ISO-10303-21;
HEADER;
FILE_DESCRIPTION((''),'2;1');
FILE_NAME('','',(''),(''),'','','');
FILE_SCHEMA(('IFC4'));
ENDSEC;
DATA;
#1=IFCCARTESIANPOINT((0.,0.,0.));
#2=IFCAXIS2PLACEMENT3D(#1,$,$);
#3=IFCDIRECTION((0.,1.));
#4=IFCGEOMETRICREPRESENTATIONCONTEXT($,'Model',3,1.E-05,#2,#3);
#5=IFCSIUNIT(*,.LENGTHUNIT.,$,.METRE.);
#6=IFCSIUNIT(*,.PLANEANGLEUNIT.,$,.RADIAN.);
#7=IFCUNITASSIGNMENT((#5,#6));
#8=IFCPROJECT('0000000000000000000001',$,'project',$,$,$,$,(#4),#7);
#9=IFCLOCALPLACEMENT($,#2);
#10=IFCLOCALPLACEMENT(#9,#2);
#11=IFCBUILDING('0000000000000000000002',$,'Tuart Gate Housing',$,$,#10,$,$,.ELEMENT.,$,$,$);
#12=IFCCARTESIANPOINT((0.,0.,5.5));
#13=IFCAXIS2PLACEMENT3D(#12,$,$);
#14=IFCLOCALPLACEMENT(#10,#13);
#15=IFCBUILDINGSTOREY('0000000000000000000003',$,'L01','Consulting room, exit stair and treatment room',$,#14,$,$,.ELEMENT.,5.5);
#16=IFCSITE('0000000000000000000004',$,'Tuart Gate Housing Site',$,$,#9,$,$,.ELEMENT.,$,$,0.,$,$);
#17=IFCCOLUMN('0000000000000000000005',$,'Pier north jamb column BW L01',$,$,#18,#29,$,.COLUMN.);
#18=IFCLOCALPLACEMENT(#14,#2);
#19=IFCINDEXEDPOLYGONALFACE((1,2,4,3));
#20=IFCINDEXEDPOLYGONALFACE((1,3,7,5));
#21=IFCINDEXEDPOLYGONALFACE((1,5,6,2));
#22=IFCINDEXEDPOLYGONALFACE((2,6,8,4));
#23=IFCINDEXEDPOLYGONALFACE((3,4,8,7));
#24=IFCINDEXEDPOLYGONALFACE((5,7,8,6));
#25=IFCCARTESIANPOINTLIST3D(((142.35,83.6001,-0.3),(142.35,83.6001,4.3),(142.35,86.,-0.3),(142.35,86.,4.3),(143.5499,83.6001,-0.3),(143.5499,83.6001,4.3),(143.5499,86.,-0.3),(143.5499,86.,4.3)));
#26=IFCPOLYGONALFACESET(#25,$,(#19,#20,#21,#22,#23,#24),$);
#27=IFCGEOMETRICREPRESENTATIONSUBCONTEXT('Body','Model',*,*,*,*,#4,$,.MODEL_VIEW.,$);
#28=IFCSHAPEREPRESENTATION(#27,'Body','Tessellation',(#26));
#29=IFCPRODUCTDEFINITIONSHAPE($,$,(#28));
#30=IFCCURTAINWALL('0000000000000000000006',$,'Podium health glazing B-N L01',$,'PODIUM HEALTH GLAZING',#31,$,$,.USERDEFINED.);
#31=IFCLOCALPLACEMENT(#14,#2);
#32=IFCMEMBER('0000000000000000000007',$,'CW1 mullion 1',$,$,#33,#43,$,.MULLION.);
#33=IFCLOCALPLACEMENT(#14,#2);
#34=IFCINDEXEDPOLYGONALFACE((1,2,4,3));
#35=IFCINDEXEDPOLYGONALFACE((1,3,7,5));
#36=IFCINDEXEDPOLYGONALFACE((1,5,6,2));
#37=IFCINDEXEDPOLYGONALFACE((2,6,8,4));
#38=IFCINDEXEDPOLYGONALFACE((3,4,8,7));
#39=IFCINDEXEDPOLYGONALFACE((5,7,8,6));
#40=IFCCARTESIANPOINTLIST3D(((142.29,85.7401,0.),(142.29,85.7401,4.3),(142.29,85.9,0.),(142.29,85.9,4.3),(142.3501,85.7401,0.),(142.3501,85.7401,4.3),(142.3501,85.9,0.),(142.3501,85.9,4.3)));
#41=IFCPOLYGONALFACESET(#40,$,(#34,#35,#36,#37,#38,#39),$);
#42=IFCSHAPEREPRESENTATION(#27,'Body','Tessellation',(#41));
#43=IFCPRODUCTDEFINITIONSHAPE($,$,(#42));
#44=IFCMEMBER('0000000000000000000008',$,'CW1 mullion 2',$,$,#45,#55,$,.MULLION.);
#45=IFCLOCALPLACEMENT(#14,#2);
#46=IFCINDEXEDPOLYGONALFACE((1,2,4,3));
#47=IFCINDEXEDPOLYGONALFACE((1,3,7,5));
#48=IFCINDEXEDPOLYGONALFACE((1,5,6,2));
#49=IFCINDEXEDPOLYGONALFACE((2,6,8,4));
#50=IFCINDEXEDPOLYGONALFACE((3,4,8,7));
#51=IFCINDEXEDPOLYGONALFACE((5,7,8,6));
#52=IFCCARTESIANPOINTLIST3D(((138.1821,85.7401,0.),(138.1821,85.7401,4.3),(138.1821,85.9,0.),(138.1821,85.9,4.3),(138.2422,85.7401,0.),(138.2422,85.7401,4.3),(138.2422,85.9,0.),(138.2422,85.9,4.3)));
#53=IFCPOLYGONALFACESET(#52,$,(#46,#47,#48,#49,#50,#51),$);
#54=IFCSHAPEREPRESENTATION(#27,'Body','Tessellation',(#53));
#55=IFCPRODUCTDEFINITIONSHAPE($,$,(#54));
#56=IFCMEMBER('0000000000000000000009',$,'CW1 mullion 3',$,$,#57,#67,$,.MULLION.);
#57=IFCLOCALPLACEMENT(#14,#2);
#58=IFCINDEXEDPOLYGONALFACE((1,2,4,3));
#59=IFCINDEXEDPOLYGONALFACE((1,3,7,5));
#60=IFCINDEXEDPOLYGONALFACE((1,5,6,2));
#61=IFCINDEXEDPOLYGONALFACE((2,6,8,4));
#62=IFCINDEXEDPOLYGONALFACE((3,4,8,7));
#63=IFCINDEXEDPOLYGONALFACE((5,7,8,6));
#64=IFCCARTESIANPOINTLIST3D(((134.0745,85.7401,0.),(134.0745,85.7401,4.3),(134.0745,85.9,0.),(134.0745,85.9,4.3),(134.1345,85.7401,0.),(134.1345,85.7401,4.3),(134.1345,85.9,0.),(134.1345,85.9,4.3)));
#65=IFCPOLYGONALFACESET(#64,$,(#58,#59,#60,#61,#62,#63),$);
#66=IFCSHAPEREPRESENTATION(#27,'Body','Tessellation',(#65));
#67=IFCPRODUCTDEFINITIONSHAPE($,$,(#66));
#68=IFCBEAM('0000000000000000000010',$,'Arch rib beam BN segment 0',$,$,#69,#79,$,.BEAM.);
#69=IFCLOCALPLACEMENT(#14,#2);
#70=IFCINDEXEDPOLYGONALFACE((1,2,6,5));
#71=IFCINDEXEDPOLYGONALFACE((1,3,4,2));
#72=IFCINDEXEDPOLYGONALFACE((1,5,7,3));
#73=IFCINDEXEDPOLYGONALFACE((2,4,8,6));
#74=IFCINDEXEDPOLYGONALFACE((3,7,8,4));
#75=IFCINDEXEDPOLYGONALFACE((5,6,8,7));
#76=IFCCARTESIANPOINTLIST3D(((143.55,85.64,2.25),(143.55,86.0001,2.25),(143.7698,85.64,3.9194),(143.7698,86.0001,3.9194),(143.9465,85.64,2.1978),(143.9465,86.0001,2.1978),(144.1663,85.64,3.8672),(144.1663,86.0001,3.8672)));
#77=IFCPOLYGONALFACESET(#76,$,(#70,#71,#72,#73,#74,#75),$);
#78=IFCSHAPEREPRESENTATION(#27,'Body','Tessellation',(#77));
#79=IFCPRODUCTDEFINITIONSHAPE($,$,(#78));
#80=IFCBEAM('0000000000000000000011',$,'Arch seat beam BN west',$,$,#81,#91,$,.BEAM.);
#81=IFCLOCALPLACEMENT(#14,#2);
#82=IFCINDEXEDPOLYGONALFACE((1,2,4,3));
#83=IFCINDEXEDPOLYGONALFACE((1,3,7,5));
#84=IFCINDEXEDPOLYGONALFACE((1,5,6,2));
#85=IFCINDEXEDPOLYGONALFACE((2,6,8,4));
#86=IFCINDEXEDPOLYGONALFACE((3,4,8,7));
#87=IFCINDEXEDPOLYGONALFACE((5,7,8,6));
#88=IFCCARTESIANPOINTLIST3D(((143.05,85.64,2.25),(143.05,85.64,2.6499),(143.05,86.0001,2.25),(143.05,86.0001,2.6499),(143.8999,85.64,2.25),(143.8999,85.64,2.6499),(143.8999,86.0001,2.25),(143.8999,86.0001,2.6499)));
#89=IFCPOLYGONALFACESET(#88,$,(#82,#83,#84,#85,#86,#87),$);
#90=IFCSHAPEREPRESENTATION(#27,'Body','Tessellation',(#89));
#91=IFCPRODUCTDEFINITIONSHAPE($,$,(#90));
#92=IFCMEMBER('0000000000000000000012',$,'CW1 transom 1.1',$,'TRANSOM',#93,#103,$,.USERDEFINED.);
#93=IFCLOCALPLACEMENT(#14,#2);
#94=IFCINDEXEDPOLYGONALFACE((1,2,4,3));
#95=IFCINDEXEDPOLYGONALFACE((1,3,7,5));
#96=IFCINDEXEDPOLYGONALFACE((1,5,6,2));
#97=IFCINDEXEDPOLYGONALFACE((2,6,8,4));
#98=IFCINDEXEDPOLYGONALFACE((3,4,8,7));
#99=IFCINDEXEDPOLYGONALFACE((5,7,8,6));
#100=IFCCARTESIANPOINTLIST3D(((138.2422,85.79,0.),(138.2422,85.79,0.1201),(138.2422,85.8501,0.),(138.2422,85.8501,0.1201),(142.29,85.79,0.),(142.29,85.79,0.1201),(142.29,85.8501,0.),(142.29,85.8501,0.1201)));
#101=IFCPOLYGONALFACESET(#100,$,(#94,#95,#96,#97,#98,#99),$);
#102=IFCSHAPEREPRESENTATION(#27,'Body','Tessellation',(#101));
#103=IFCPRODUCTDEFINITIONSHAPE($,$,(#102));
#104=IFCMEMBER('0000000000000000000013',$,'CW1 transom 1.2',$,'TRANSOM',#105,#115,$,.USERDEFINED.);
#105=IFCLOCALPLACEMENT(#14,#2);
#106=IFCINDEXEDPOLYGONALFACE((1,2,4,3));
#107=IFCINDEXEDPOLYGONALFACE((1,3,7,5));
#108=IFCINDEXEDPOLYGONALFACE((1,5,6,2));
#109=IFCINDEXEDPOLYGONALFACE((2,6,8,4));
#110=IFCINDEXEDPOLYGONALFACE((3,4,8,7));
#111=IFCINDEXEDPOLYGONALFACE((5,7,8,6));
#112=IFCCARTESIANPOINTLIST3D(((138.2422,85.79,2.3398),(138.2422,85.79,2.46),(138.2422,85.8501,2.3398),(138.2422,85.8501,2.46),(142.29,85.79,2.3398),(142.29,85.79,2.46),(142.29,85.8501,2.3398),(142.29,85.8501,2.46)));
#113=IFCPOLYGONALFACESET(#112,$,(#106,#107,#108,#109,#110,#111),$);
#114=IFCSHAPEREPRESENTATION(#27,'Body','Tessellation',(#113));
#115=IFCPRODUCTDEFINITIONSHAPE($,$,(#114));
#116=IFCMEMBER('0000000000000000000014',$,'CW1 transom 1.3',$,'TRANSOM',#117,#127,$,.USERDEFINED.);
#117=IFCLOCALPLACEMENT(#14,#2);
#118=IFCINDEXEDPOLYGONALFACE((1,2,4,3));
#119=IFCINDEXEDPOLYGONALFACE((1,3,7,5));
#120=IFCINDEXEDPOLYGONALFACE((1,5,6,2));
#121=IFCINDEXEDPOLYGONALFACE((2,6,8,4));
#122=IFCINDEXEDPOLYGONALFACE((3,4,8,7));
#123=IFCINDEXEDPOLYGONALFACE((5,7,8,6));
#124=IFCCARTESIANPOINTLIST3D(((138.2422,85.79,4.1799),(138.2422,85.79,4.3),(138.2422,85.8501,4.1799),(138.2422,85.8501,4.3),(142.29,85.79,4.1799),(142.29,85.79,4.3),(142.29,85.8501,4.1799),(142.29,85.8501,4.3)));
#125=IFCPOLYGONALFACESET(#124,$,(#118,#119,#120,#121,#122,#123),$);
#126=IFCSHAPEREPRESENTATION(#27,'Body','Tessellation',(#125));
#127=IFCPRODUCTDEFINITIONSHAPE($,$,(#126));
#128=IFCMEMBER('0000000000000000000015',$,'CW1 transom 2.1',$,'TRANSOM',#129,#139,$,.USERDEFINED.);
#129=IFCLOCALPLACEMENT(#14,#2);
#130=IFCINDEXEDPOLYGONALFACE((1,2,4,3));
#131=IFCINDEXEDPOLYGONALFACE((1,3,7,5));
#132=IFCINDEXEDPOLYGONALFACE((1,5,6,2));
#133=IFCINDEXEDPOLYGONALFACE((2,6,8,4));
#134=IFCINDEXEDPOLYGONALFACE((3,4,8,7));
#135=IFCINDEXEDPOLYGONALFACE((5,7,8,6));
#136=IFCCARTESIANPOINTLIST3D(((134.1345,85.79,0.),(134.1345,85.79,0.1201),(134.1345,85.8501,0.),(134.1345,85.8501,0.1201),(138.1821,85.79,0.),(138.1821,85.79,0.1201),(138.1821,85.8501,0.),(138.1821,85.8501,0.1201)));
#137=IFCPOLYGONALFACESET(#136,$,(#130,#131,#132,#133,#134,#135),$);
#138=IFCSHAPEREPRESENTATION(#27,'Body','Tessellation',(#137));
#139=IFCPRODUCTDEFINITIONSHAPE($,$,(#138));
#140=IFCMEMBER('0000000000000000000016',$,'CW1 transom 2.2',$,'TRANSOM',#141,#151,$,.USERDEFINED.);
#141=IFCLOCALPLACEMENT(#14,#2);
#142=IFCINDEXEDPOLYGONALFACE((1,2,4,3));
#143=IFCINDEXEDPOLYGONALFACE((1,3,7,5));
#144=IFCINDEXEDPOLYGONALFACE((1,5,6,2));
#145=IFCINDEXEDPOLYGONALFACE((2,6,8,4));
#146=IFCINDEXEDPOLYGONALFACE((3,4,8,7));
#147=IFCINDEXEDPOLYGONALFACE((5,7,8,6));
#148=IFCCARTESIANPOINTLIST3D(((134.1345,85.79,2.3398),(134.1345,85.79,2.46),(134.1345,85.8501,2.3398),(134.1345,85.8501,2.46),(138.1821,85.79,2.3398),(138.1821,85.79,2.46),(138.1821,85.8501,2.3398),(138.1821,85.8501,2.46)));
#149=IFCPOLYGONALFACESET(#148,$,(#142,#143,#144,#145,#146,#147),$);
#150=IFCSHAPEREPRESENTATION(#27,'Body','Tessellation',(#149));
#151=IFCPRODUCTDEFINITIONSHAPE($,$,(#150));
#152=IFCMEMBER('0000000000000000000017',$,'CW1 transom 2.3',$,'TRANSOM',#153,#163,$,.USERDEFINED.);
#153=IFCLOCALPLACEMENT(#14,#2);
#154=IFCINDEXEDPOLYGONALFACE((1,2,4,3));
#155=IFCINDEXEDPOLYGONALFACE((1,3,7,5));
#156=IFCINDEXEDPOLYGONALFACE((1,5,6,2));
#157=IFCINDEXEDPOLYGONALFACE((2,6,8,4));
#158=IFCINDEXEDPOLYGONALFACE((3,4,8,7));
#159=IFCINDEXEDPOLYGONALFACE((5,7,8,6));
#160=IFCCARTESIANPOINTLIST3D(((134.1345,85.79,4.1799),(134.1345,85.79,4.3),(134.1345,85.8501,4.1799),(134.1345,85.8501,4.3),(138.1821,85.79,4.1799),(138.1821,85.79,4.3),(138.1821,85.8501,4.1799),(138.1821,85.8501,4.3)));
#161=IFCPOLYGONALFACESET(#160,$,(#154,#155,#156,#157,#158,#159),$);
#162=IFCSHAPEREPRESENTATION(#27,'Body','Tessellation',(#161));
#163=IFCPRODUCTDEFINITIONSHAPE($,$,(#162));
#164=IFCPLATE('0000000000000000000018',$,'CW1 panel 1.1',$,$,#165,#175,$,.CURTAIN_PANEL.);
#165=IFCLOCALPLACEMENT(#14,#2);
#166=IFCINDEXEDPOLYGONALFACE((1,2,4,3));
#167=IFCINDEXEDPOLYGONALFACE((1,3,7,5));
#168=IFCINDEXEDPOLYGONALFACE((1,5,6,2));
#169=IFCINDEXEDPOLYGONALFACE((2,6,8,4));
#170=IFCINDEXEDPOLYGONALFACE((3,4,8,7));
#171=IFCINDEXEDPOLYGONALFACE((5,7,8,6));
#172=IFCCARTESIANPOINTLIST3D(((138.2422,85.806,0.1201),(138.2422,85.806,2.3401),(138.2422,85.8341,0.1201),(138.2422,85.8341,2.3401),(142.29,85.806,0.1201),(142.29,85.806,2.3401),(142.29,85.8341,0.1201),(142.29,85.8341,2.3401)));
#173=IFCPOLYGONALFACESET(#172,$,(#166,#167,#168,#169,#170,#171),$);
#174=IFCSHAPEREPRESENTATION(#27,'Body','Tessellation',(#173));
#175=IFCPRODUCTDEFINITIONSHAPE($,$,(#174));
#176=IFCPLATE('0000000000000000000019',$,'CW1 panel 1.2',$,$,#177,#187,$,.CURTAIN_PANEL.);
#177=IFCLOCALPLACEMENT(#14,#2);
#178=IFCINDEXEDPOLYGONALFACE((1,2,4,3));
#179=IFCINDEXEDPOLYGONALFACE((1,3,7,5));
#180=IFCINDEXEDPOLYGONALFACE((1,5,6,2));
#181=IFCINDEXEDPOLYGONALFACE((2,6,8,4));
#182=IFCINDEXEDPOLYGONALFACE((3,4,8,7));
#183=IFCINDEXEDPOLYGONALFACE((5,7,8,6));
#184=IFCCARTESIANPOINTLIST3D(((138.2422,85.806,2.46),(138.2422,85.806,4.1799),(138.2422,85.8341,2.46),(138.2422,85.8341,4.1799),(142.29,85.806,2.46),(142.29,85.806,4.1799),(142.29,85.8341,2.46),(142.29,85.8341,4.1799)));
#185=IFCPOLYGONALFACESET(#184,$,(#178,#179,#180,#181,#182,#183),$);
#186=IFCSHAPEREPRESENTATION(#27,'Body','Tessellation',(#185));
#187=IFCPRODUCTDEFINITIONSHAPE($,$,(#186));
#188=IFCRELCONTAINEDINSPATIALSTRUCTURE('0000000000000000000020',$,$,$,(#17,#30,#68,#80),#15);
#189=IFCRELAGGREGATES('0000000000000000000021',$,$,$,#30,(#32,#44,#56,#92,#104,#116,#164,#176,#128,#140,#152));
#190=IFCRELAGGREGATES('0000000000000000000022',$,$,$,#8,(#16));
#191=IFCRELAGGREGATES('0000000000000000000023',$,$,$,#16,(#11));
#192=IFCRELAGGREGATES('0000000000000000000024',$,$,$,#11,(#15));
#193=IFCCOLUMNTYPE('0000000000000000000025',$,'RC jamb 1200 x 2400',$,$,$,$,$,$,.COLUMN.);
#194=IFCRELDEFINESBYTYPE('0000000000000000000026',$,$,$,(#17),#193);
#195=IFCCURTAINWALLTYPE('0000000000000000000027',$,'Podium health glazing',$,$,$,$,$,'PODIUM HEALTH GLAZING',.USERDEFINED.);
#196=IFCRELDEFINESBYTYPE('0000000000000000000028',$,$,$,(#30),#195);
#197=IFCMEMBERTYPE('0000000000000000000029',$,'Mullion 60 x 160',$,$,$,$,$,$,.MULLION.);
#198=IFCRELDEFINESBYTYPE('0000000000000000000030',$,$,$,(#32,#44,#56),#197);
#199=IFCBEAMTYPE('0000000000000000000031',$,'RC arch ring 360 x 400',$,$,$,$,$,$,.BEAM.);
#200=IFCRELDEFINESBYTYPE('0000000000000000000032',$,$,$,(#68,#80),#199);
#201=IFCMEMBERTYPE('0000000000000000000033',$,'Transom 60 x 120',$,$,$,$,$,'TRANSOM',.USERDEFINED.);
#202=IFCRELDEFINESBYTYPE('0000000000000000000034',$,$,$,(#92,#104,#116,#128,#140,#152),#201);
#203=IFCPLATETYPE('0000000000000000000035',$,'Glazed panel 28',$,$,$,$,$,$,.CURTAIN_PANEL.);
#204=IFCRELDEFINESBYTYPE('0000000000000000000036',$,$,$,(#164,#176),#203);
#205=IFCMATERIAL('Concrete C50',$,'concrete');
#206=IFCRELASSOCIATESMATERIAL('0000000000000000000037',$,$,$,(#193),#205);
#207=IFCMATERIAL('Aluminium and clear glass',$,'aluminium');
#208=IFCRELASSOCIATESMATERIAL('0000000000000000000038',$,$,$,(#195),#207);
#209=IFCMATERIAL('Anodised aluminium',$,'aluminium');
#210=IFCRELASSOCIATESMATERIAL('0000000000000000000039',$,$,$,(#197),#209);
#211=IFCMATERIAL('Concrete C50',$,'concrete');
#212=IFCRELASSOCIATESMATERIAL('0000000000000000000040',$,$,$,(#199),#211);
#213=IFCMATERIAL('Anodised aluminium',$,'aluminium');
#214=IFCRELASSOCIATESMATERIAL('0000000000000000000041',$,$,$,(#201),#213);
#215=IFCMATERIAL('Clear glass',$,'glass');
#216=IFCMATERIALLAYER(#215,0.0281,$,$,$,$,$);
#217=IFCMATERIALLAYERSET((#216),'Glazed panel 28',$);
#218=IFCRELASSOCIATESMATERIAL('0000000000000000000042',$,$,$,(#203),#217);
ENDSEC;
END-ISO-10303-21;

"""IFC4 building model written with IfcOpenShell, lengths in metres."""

from ifc_helpers import new_model, si_unit, direction, frame, origin, origin_2d, place, context, subcontext, project, spatial, rectangle, extrude, material, layer, layer_set, material_profile, profile_set, type_object, element, aggregate, save


model = new_model("IFC4")

# Units and contexts
model_context = context("Model", 3, precision=1e-05, world=origin(), true_north=direction((0.0, 1.0)))
body_context = subcontext(model_context, "Body", "Model", "MODEL_VIEW")
ifc_project = project(units=[si_unit("LENGTHUNIT", "METRE"), si_unit("PLANEANGLEUNIT", "RADIAN")], contexts=[model_context])

# Site, building, storey
site_placement = place(None, origin())
site = spatial("IfcSite", under=ifc_project, at=site_placement, Name="Tuart Gate Housing Site", CompositionType="ELEMENT", RefElevation=0.0)
building_placement = place(site_placement, origin())
building = spatial("IfcBuilding", under=site, at=building_placement, Name="Tuart Gate Housing", CompositionType="ELEMENT")
storey_placement = place(building_placement, frame((0.0, 0.0, 5.5)))
storey = spatial("IfcBuildingStorey", under=building, at=storey_placement, Name="L01", Description="Consulting room, exit stair and treatment room", CompositionType="ELEMENT", Elevation=5.5)

# Column
ifc_material_1 = material(Name="Concrete C50", Category="concrete")
ifc_material_profile_1 = material_profile(ifc_material_1, rectangle(XDim=1.2, YDim=2.3999, at=origin_2d()), Name="RC jamb 1200 x 2400")
ifc_profile_set_1 = profile_set([ifc_material_profile_1], Name="Concrete C50")
column_type = type_object("IfcColumnType", Name="RC jamb 1200 x 2400", PredefinedType="COLUMN", material=ifc_profile_set_1)
column_placement = place(storey_placement, frame((142.95, 84.8, -0.3), z_axis=(0.0, 0.0, 1.0), x_axis=(1.0, 0.0, 0.0)))
element("IfcColumn", 1, at=column_placement, inside=storey, type_object=column_type, Name="Pier north jamb column BW L01", PredefinedType="COLUMN", context=body_context, shape_type="SweptSolid", body=[
    extrude(rectangle(XDim=1.2, YDim=2.3999, at=origin_2d()), origin(), (0.0, 0.0, 1.0), 4.6001),
])

# Curtain wall, members
ifc_material_2 = material(Name="Aluminium and clear glass", Category="aluminium")
curtain_wall_type = type_object("IfcCurtainWallType", Name="Podium health glazing", ElementType="PODIUM HEALTH GLAZING", PredefinedType="USERDEFINED", material=ifc_material_2)
curtain_wall_placement = place(storey_placement, origin())
curtain_wall = element("IfcCurtainWall", 2, at=curtain_wall_placement, inside=storey, type_object=curtain_wall_type, Name="Podium health glazing B-N L01", ObjectType="PODIUM HEALTH GLAZING", PredefinedType="USERDEFINED")
ifc_material_3 = material(Name="Anodised aluminium", Category="aluminium")
ifc_material_profile_2 = material_profile(ifc_material_3, rectangle(XDim=0.0601, YDim=0.1599, at=origin_2d()), Name="60x160")
ifc_profile_set_2 = profile_set([ifc_material_profile_2], Name="Anodised aluminium")
member_type_1 = type_object("IfcMemberType", Name="Mullion 60 x 160", PredefinedType="MULLION", material=ifc_profile_set_2)
member_1_placement = place(storey_placement, frame((142.3201, 85.8201, 0.0), z_axis=(0.0, 0.0, 1.0), x_axis=(-1.0, 0.0, 0.0)))
member_1 = element("IfcMember", 3, at=member_1_placement, type_object=member_type_1, Name="CW1 mullion 1", PredefinedType="MULLION", context=body_context, shape_type="SweptSolid", body=[
    extrude(rectangle(XDim=0.0601, YDim=0.1599, at=origin_2d()), origin(), (0.0, 0.0, 1.0), 4.3),
])
member_2_placement = place(storey_placement, frame((138.2122, 85.8201, 0.0), z_axis=(0.0, 0.0, 1.0), x_axis=(-1.0, 0.0, 0.0)))
member_2 = element("IfcMember", 4, at=member_2_placement, type_object=member_type_1, Name="CW1 mullion 2", PredefinedType="MULLION", context=body_context, shape_type="SweptSolid", body=[
    extrude(rectangle(XDim=0.0601, YDim=0.1599, at=origin_2d()), origin(), (0.0, 0.0, 1.0), 4.3),
])
member_3_placement = place(storey_placement, frame((134.1045, 85.8201, 0.0), z_axis=(0.0, 0.0, 1.0), x_axis=(-1.0, 0.0, 0.0)))
member_3 = element("IfcMember", 5, at=member_3_placement, type_object=member_type_1, Name="CW1 mullion 3", PredefinedType="MULLION", context=body_context, shape_type="SweptSolid", body=[
    extrude(rectangle(XDim=0.0601, YDim=0.1599, at=origin_2d()), origin(), (0.0, 0.0, 1.0), 4.3),
])

# Beams
ifc_material_4 = material(Name="Concrete C50", Category="concrete")
ifc_material_profile_3 = material_profile(ifc_material_4, rectangle(XDim=0.3601, YDim=0.3999, at=origin_2d()), Name="RC arch ring 360 x 400")
ifc_profile_set_3 = profile_set([ifc_material_profile_3], Name="Concrete C50")
beam_type = type_object("IfcBeamType", Name="RC arch ring 360 x 400", PredefinedType="BEAM", material=ifc_profile_set_3)
beam_1_placement = place(storey_placement, frame((143.7483, 85.8201, 2.2239), z_axis=(0.130492, 0.0, 0.991449), x_axis=(0.0, 1.0, 0.0)))
element("IfcBeam", 6, at=beam_1_placement, inside=storey, type_object=beam_type, Name="Arch rib beam BN segment 0", PredefinedType="BEAM", context=body_context, shape_type="SweptSolid", body=[
    extrude(rectangle(XDim=0.3601, YDim=0.3999, at=origin_2d()), origin(), (0.0, 0.0, 1.0), 1.6838),
])
beam_2_placement = place(storey_placement, frame((143.05, 85.8201, 2.45), z_axis=(1.0, 0.0, 0.0), x_axis=(0.0, 1.0, 0.0)))
element("IfcBeam", 7, at=beam_2_placement, inside=storey, type_object=beam_type, Name="Arch seat beam BN west", PredefinedType="BEAM", context=body_context, shape_type="SweptSolid", body=[
    extrude(rectangle(XDim=0.3601, YDim=0.3999, at=origin_2d()), origin(), (0.0, 0.0, 1.0), 0.8499),
])

# Members
ifc_material_5 = material(Name="Anodised aluminium", Category="aluminium")
ifc_material_profile_4 = material_profile(ifc_material_5, rectangle(XDim=0.0601, YDim=0.1201, at=origin_2d()), Name="60x120")
ifc_profile_set_4 = profile_set([ifc_material_profile_4], Name="Anodised aluminium")
member_type_2 = type_object("IfcMemberType", Name="Transom 60 x 120", ElementType="TRANSOM", PredefinedType="USERDEFINED", material=ifc_profile_set_4)
member_4_placement = place(storey_placement, frame((142.29, 85.8201, 0.0601), z_axis=(-1.0, 0.0, 0.0), x_axis=(0.0, -1.0, 0.0)))
member_4 = element("IfcMember", 8, at=member_4_placement, type_object=member_type_2, Name="CW1 transom 1.1", ObjectType="TRANSOM", PredefinedType="USERDEFINED", context=body_context, shape_type="SweptSolid", body=[
    extrude(rectangle(XDim=0.0601, YDim=0.1201, at=origin_2d()), origin(), (0.0, 0.0, 1.0), 4.0479),
])
member_5_placement = place(storey_placement, frame((142.29, 85.8201, 2.3999), z_axis=(-1.0, 0.0, 0.0), x_axis=(0.0, -1.0, 0.0)))
member_5 = element("IfcMember", 9, at=member_5_placement, type_object=member_type_2, Name="CW1 transom 1.2", ObjectType="TRANSOM", PredefinedType="USERDEFINED", context=body_context, shape_type="SweptSolid", body=[
    extrude(rectangle(XDim=0.0601, YDim=0.1201, at=origin_2d()), origin(), (0.0, 0.0, 1.0), 4.0479),
])
member_6_placement = place(storey_placement, frame((142.29, 85.8201, 4.24), z_axis=(-1.0, 0.0, 0.0), x_axis=(0.0, -1.0, 0.0)))
member_6 = element("IfcMember", 10, at=member_6_placement, type_object=member_type_2, Name="CW1 transom 1.3", ObjectType="TRANSOM", PredefinedType="USERDEFINED", context=body_context, shape_type="SweptSolid", body=[
    extrude(rectangle(XDim=0.0601, YDim=0.1201, at=origin_2d()), origin(), (0.0, 0.0, 1.0), 4.0479),
])
member_7_placement = place(storey_placement, frame((138.1821, 85.8201, 0.0601), z_axis=(-1.0, 0.0, 0.0), x_axis=(0.0, -1.0, 0.0)))
member_7 = element("IfcMember", 11, at=member_7_placement, type_object=member_type_2, Name="CW1 transom 2.1", ObjectType="TRANSOM", PredefinedType="USERDEFINED", context=body_context, shape_type="SweptSolid", body=[
    extrude(rectangle(XDim=0.0601, YDim=0.1201, at=origin_2d()), origin(), (0.0, 0.0, 1.0), 4.0476),
])
member_8_placement = place(storey_placement, frame((138.1821, 85.8201, 2.3999), z_axis=(-1.0, 0.0, 0.0), x_axis=(0.0, -1.0, 0.0)))
member_8 = element("IfcMember", 12, at=member_8_placement, type_object=member_type_2, Name="CW1 transom 2.2", ObjectType="TRANSOM", PredefinedType="USERDEFINED", context=body_context, shape_type="SweptSolid", body=[
    extrude(rectangle(XDim=0.0601, YDim=0.1201, at=origin_2d()), origin(), (0.0, 0.0, 1.0), 4.0476),
])
member_9_placement = place(storey_placement, frame((138.1821, 85.8201, 4.24), z_axis=(-1.0, 0.0, 0.0), x_axis=(0.0, -1.0, 0.0)))
member_9 = element("IfcMember", 13, at=member_9_placement, type_object=member_type_2, Name="CW1 transom 2.3", ObjectType="TRANSOM", PredefinedType="USERDEFINED", context=body_context, shape_type="SweptSolid", body=[
    extrude(rectangle(XDim=0.0601, YDim=0.1201, at=origin_2d()), origin(), (0.0, 0.0, 1.0), 4.0476),
])

# Plates
ifc_material_6 = material(Name="Clear glass", Category="glass")
ifc_layer_1 = layer(ifc_material_6, 0.0281)
ifc_layer_set_1 = layer_set([ifc_layer_1], Name="Glazed panel 28")
plate_type = type_object("IfcPlateType", Name="Glazed panel 28", PredefinedType="CURTAIN_PANEL", material=ifc_layer_set_1)
plate_1_placement = place(storey_placement, frame((140.2661, 85.8201, 0.1201), z_axis=(0.0, 0.0, 1.0), x_axis=(-1.0, 0.0, 0.0)))
plate_1 = element("IfcPlate", 14, at=plate_1_placement, type_object=plate_type, Name="CW1 panel 1.1", PredefinedType="CURTAIN_PANEL", context=body_context, shape_type="SweptSolid", body=[
    extrude(rectangle(XDim=4.0479, YDim=0.0281, at=origin_2d()), origin(), (0.0, 0.0, 1.0), 2.22),
])
plate_2_placement = place(storey_placement, frame((140.2661, 85.8201, 2.46), z_axis=(0.0, 0.0, 1.0), x_axis=(-1.0, 0.0, 0.0)))
plate_2 = element("IfcPlate", 15, at=plate_2_placement, type_object=plate_type, Name="CW1 panel 1.2", PredefinedType="CURTAIN_PANEL", context=body_context, shape_type="SweptSolid", body=[
    extrude(rectangle(XDim=4.0479, YDim=0.0281, at=origin_2d()), origin(), (0.0, 0.0, 1.0), 1.72),
])
aggregate(curtain_wall, [member_1, member_2, member_3, member_4, member_5, member_6, plate_1, plate_2, member_7, member_8, member_9])

save(model, "model.ifc")
